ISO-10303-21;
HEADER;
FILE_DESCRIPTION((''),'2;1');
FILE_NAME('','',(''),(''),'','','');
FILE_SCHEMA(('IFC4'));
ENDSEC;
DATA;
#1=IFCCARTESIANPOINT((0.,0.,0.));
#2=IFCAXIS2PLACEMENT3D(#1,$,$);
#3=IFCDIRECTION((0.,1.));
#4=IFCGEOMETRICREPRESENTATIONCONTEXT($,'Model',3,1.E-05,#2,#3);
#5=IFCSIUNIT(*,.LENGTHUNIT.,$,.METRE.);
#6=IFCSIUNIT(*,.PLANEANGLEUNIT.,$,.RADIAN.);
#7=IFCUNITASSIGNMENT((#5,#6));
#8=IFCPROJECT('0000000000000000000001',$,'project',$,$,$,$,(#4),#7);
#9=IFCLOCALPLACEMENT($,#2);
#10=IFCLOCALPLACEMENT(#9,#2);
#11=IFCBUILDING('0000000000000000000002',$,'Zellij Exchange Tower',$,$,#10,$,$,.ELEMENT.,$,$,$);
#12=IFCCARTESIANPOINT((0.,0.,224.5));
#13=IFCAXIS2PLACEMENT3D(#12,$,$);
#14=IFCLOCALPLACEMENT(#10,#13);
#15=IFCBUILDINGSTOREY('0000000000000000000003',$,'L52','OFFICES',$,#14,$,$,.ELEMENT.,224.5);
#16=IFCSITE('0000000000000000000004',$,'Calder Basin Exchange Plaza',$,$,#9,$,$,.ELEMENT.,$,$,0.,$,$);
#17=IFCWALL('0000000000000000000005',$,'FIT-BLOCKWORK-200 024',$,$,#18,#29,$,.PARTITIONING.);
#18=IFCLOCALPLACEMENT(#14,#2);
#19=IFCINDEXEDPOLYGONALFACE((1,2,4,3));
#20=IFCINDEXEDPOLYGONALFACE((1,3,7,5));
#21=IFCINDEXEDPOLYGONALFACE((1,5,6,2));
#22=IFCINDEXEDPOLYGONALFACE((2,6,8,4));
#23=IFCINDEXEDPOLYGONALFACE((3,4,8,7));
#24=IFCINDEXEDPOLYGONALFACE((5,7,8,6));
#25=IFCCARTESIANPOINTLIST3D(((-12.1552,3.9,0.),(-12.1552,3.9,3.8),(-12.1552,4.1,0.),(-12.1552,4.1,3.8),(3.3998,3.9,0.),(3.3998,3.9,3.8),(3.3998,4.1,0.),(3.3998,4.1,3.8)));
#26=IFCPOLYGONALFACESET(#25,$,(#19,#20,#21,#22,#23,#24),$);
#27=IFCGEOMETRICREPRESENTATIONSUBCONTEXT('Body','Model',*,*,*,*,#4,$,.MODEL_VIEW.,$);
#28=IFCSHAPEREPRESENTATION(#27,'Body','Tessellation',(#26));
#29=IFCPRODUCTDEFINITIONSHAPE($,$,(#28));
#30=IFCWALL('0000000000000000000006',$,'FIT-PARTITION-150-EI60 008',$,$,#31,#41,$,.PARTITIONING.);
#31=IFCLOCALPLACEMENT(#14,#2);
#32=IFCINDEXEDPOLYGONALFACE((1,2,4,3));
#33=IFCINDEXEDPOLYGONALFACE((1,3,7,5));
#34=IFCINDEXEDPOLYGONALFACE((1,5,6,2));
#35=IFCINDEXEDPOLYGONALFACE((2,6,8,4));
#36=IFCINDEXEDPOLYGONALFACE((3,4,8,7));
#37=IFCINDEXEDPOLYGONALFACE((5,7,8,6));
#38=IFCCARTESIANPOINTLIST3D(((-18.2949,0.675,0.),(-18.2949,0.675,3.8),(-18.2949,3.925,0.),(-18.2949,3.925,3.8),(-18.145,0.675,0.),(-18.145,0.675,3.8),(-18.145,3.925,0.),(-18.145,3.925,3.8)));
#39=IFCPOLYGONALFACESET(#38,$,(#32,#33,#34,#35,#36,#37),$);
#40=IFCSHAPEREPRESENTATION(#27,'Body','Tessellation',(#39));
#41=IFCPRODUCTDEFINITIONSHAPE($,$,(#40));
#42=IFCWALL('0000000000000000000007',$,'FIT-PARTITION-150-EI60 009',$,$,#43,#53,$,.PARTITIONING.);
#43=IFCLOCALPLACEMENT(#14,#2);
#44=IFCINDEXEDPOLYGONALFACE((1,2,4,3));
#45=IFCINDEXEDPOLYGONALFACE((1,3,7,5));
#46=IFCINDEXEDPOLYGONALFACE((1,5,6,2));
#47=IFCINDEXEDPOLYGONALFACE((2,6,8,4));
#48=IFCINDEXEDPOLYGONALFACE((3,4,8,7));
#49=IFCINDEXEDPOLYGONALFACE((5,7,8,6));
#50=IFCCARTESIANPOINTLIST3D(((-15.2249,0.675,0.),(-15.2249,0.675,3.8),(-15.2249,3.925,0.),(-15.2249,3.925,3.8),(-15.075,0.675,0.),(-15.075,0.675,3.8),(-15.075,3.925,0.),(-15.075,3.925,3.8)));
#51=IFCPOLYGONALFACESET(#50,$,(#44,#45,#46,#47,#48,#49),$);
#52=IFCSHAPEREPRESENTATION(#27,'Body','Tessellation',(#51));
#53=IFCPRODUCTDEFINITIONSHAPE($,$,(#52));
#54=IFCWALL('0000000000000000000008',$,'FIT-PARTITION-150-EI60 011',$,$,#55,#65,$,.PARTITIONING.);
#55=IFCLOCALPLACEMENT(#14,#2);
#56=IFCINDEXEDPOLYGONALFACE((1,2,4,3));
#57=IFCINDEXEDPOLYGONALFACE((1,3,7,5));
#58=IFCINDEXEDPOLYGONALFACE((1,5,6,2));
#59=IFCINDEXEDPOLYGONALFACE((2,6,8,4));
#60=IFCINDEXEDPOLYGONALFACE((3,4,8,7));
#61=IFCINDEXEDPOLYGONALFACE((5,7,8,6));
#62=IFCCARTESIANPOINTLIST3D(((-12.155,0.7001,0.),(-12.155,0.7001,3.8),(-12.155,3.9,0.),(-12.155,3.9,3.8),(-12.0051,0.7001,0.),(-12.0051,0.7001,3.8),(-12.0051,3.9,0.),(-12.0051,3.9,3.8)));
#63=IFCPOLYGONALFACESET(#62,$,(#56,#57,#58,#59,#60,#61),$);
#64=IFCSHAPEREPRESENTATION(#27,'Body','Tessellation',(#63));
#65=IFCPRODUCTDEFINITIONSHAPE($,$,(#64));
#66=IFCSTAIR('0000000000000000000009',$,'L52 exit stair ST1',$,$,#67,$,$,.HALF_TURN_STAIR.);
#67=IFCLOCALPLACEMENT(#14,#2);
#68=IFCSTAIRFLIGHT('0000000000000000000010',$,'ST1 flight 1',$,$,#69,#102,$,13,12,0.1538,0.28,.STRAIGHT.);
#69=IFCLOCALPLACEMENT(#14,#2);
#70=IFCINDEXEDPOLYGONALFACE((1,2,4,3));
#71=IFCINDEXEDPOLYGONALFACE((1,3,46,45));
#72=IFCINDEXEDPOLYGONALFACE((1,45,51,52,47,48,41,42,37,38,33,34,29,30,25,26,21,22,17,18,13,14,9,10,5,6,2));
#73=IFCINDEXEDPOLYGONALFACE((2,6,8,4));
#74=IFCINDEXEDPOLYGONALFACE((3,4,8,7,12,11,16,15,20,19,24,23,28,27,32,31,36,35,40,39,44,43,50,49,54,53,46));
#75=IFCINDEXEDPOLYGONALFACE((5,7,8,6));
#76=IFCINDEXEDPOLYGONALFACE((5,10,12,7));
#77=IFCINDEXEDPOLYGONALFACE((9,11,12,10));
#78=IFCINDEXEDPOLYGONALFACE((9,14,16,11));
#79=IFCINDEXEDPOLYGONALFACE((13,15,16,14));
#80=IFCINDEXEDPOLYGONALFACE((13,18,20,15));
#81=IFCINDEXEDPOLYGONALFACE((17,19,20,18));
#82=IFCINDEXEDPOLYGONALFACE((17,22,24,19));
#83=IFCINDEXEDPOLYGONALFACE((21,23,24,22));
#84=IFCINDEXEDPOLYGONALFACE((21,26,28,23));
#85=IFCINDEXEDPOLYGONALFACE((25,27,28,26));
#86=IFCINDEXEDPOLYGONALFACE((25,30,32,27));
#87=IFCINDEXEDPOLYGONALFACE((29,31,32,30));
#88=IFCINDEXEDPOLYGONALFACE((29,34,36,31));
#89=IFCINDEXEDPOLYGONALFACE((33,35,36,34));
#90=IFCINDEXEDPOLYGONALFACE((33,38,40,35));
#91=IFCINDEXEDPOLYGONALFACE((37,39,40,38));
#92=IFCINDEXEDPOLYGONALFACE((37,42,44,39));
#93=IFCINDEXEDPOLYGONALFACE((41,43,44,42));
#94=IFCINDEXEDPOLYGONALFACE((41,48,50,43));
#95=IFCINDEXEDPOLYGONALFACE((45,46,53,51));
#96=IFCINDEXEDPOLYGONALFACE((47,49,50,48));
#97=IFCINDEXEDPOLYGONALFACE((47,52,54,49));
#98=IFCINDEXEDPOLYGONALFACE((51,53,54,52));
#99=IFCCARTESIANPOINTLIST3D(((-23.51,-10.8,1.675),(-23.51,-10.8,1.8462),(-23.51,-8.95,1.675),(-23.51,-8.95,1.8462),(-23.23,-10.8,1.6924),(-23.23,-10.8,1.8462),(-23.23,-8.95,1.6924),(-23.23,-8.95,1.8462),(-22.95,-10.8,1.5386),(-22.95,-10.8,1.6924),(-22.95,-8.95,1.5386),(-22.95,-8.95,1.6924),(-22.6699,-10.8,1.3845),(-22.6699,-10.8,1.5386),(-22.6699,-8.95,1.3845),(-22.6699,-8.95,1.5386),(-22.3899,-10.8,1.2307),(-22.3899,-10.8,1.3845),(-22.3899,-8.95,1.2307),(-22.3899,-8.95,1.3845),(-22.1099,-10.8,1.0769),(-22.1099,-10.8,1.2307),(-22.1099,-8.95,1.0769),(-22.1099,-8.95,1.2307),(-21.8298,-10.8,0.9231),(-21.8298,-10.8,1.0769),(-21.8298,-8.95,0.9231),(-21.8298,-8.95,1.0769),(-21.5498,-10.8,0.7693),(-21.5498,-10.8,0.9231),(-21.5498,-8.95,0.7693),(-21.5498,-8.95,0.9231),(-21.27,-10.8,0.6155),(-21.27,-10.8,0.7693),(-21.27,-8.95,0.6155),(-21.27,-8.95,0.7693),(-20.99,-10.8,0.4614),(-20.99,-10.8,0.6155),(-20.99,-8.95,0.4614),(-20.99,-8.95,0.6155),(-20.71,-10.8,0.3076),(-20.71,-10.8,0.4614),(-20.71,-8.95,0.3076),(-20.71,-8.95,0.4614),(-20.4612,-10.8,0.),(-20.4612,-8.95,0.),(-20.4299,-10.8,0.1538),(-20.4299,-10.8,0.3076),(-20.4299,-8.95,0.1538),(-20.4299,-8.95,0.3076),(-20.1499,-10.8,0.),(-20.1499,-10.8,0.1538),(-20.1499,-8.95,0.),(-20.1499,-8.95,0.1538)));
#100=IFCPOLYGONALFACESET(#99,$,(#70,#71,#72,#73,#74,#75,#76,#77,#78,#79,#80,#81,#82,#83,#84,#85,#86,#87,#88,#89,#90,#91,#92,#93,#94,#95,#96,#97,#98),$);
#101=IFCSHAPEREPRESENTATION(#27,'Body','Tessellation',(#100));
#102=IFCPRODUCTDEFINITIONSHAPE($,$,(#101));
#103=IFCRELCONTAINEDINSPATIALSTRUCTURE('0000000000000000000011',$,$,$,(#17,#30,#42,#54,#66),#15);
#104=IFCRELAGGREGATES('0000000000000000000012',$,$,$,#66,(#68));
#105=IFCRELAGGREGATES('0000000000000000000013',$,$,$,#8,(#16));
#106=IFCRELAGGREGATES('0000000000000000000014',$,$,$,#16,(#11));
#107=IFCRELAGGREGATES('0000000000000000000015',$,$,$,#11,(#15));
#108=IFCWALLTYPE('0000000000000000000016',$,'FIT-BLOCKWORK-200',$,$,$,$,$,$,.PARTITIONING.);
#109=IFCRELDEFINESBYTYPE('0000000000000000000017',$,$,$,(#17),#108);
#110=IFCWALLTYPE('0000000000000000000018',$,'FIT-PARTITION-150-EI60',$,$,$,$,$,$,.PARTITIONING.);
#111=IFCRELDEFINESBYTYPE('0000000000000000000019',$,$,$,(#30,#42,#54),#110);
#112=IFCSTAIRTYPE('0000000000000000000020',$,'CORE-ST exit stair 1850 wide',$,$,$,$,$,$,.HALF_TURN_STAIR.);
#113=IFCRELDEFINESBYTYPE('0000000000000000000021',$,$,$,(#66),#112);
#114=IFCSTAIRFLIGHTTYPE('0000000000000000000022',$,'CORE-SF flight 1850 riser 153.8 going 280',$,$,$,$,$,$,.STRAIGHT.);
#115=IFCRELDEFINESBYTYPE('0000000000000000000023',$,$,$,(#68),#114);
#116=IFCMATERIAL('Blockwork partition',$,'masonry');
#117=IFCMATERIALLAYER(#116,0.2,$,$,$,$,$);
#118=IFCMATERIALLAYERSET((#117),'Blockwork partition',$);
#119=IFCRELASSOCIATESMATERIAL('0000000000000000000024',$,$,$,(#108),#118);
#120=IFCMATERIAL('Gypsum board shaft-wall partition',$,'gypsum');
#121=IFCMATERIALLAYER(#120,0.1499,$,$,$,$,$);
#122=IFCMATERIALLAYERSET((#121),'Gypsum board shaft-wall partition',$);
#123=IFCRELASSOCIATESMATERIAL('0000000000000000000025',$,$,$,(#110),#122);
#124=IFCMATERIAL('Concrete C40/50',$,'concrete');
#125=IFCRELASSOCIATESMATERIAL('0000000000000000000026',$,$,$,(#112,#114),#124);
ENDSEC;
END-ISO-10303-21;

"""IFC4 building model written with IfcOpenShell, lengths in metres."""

from ifc_helpers import new_model, si_unit, direction, frame, frame_2d, origin, place, context, subcontext, project, spatial, polyline, rectangle, outline, extrude, material, layer, layer_set, type_object, element, aggregate, save


model = new_model("IFC4")

# Units and contexts
model_context = context("Model", 3, precision=1e-05, world=origin(), true_north=direction((0.0, 1.0)))
body_context = subcontext(model_context, "Body", "Model", "MODEL_VIEW")
ifc_project = project(units=[si_unit("LENGTHUNIT", "METRE"), si_unit("PLANEANGLEUNIT", "RADIAN")], contexts=[model_context])

# Site, building, storey
site_placement = place(None, origin())
site = spatial("IfcSite", under=ifc_project, at=site_placement, Name="Calder Basin Exchange Plaza", CompositionType="ELEMENT", RefElevation=0.0)
building_placement = place(site_placement, origin())
building = spatial("IfcBuilding", under=site, at=building_placement, Name="Zellij Exchange Tower", CompositionType="ELEMENT")
storey_placement = place(building_placement, frame((0.0, 0.0, 224.5)))
storey = spatial("IfcBuildingStorey", under=building, at=storey_placement, Name="L52", Description="OFFICES", CompositionType="ELEMENT", Elevation=224.5)

# Shared definitions
ifc_material_1 = material(Name="Blockwork partition", Category="masonry")
ifc_layer_1 = layer(ifc_material_1, 0.2)
ifc_layer_set_1 = layer_set([ifc_layer_1], Name="Blockwork partition")
wall_type_1 = type_object("IfcWallType", Name="FIT-BLOCKWORK-200", PredefinedType="PARTITIONING", material=ifc_layer_set_1)

# Walls
wall_1_placement = place(storey_placement, frame((-12.155, 4.0, 0.0), z_axis=(0.0, 0.0, 1.0), x_axis=(1.0, 0.0, 0.0)))
element("IfcWall", 1, at=wall_1_placement, inside=storey, type_object=wall_type_1, Name="FIT-BLOCKWORK-200 024", PredefinedType="PARTITIONING", context=body_context, shape_type="SweptSolid", body=[
    extrude(rectangle(XDim=15.5549, YDim=0.2, at=frame_2d((7.7773, 0.0))), origin(), (0.0, 0.0, 1.0), 3.8),
])
ifc_material_2 = material(Name="Gypsum board shaft-wall partition", Category="gypsum")
ifc_layer_2 = layer(ifc_material_2, 0.1499)
ifc_layer_set_2 = layer_set([ifc_layer_2], Name="Gypsum board shaft-wall partition")
wall_type_2 = type_object("IfcWallType", Name="FIT-PARTITION-150-EI60", PredefinedType="PARTITIONING", material=ifc_layer_set_2)
for number, where, z_axis, x_axis, name in (
    (2, (-18.22, 0.675, 0.0), (0.0, 0.0, 1.0), (0.0, 1.0, 0.0), "FIT-PARTITION-150-EI60 008"),
    (3, (-15.1499, 0.675, 0.0), (0.0, 0.0, 1.0), (0.0, 1.0, 0.0), "FIT-PARTITION-150-EI60 009"),
):
    element("IfcWall", number, at=place(storey_placement, frame(where, z_axis=z_axis, x_axis=x_axis)), inside=storey, type_object=wall_type_2, Name=name, PredefinedType="PARTITIONING", context=body_context, shape_type="SweptSolid", body=[
        extrude(rectangle(XDim=3.25, YDim=0.1499, at=frame_2d((1.625, 0.0))), origin(), (0.0, 0.0, 1.0), 3.8),
    ])
wall_2_placement = place(storey_placement, frame((-12.0801, 0.7, 0.0), z_axis=(0.0, 0.0, 1.0), x_axis=(0.0, 1.0, 0.0)))
element("IfcWall", 4, at=wall_2_placement, inside=storey, type_object=wall_type_2, Name="FIT-PARTITION-150-EI60 011", PredefinedType="PARTITIONING", context=body_context, shape_type="SweptSolid", body=[
    extrude(rectangle(XDim=3.2, YDim=0.1499, at=frame_2d((1.6001, 0.0))), origin(), (0.0, 0.0, 1.0), 3.8),
])

# Stair, stair flight
ifc_material_3 = material(Name="Concrete C40/50", Category="concrete")
stair_type = type_object("IfcStairType", Name="CORE-ST exit stair 1850 wide", PredefinedType="HALF_TURN_STAIR", material=ifc_material_3)
stair_placement = place(storey_placement, origin())
stair = element("IfcStair", 5, at=stair_placement, inside=storey, type_object=stair_type, Name="L52 exit stair ST1", PredefinedType="HALF_TURN_STAIR")
stair_flight_type = type_object("IfcStairFlightType", Name="CORE-SF flight 1850 riser 153.8 going 280", PredefinedType="STRAIGHT", material=ifc_material_3)
stair_flight_placement = place(storey_placement, frame((-20.1499, -9.875, 0.0), z_axis=(0.0, 0.0, 1.0), x_axis=(-1.0, 0.0, 0.0)))
stair_flight = element("IfcStairFlight", 6, at=stair_flight_placement, type_object=stair_flight_type, Name="ST1 flight 1", NumberOfRisers=13, NumberOfTreads=12, PredefinedType="STRAIGHT", RiserHeight=0.1538, TreadLength=0.28, context=body_context, shape_type="SweptSolid", body=[
    extrude(outline(polyline([(0.0, 0.0), (0.0, 0.1538), (0.28, 0.1538), (0.28, 0.3076), (0.5601, 0.3076), (0.5601, 0.4614), (0.8401, 0.4614), (0.8401, 0.6155), (1.1201, 0.6155), (1.1201, 0.7693), (1.3999, 0.7693), (1.3999, 0.9231), (1.6799, 0.9231), (1.6799, 1.0769), (1.96, 1.0769), (1.96, 1.2307), (2.24, 1.2307), (2.24, 1.3845), (2.52, 1.3845), (2.52, 1.5386), (2.8, 1.5386), (2.8, 1.6924), (3.0801, 1.6924), (3.0801, 1.8462), (3.3601, 1.8462), (3.3601, 2.0), (3.3601, 1.675), (0.3113, 0.0), (0.0, 0.0)])), frame((0.0, 0.925, 0.0), z_axis=(0.0, -1.0, 0.0), x_axis=(1.0, 0.0, 0.0)), (0.0, 0.0, 1.0), 1.8501),
])
aggregate(stair, [stair_flight])

save(model, "model.ifc")
